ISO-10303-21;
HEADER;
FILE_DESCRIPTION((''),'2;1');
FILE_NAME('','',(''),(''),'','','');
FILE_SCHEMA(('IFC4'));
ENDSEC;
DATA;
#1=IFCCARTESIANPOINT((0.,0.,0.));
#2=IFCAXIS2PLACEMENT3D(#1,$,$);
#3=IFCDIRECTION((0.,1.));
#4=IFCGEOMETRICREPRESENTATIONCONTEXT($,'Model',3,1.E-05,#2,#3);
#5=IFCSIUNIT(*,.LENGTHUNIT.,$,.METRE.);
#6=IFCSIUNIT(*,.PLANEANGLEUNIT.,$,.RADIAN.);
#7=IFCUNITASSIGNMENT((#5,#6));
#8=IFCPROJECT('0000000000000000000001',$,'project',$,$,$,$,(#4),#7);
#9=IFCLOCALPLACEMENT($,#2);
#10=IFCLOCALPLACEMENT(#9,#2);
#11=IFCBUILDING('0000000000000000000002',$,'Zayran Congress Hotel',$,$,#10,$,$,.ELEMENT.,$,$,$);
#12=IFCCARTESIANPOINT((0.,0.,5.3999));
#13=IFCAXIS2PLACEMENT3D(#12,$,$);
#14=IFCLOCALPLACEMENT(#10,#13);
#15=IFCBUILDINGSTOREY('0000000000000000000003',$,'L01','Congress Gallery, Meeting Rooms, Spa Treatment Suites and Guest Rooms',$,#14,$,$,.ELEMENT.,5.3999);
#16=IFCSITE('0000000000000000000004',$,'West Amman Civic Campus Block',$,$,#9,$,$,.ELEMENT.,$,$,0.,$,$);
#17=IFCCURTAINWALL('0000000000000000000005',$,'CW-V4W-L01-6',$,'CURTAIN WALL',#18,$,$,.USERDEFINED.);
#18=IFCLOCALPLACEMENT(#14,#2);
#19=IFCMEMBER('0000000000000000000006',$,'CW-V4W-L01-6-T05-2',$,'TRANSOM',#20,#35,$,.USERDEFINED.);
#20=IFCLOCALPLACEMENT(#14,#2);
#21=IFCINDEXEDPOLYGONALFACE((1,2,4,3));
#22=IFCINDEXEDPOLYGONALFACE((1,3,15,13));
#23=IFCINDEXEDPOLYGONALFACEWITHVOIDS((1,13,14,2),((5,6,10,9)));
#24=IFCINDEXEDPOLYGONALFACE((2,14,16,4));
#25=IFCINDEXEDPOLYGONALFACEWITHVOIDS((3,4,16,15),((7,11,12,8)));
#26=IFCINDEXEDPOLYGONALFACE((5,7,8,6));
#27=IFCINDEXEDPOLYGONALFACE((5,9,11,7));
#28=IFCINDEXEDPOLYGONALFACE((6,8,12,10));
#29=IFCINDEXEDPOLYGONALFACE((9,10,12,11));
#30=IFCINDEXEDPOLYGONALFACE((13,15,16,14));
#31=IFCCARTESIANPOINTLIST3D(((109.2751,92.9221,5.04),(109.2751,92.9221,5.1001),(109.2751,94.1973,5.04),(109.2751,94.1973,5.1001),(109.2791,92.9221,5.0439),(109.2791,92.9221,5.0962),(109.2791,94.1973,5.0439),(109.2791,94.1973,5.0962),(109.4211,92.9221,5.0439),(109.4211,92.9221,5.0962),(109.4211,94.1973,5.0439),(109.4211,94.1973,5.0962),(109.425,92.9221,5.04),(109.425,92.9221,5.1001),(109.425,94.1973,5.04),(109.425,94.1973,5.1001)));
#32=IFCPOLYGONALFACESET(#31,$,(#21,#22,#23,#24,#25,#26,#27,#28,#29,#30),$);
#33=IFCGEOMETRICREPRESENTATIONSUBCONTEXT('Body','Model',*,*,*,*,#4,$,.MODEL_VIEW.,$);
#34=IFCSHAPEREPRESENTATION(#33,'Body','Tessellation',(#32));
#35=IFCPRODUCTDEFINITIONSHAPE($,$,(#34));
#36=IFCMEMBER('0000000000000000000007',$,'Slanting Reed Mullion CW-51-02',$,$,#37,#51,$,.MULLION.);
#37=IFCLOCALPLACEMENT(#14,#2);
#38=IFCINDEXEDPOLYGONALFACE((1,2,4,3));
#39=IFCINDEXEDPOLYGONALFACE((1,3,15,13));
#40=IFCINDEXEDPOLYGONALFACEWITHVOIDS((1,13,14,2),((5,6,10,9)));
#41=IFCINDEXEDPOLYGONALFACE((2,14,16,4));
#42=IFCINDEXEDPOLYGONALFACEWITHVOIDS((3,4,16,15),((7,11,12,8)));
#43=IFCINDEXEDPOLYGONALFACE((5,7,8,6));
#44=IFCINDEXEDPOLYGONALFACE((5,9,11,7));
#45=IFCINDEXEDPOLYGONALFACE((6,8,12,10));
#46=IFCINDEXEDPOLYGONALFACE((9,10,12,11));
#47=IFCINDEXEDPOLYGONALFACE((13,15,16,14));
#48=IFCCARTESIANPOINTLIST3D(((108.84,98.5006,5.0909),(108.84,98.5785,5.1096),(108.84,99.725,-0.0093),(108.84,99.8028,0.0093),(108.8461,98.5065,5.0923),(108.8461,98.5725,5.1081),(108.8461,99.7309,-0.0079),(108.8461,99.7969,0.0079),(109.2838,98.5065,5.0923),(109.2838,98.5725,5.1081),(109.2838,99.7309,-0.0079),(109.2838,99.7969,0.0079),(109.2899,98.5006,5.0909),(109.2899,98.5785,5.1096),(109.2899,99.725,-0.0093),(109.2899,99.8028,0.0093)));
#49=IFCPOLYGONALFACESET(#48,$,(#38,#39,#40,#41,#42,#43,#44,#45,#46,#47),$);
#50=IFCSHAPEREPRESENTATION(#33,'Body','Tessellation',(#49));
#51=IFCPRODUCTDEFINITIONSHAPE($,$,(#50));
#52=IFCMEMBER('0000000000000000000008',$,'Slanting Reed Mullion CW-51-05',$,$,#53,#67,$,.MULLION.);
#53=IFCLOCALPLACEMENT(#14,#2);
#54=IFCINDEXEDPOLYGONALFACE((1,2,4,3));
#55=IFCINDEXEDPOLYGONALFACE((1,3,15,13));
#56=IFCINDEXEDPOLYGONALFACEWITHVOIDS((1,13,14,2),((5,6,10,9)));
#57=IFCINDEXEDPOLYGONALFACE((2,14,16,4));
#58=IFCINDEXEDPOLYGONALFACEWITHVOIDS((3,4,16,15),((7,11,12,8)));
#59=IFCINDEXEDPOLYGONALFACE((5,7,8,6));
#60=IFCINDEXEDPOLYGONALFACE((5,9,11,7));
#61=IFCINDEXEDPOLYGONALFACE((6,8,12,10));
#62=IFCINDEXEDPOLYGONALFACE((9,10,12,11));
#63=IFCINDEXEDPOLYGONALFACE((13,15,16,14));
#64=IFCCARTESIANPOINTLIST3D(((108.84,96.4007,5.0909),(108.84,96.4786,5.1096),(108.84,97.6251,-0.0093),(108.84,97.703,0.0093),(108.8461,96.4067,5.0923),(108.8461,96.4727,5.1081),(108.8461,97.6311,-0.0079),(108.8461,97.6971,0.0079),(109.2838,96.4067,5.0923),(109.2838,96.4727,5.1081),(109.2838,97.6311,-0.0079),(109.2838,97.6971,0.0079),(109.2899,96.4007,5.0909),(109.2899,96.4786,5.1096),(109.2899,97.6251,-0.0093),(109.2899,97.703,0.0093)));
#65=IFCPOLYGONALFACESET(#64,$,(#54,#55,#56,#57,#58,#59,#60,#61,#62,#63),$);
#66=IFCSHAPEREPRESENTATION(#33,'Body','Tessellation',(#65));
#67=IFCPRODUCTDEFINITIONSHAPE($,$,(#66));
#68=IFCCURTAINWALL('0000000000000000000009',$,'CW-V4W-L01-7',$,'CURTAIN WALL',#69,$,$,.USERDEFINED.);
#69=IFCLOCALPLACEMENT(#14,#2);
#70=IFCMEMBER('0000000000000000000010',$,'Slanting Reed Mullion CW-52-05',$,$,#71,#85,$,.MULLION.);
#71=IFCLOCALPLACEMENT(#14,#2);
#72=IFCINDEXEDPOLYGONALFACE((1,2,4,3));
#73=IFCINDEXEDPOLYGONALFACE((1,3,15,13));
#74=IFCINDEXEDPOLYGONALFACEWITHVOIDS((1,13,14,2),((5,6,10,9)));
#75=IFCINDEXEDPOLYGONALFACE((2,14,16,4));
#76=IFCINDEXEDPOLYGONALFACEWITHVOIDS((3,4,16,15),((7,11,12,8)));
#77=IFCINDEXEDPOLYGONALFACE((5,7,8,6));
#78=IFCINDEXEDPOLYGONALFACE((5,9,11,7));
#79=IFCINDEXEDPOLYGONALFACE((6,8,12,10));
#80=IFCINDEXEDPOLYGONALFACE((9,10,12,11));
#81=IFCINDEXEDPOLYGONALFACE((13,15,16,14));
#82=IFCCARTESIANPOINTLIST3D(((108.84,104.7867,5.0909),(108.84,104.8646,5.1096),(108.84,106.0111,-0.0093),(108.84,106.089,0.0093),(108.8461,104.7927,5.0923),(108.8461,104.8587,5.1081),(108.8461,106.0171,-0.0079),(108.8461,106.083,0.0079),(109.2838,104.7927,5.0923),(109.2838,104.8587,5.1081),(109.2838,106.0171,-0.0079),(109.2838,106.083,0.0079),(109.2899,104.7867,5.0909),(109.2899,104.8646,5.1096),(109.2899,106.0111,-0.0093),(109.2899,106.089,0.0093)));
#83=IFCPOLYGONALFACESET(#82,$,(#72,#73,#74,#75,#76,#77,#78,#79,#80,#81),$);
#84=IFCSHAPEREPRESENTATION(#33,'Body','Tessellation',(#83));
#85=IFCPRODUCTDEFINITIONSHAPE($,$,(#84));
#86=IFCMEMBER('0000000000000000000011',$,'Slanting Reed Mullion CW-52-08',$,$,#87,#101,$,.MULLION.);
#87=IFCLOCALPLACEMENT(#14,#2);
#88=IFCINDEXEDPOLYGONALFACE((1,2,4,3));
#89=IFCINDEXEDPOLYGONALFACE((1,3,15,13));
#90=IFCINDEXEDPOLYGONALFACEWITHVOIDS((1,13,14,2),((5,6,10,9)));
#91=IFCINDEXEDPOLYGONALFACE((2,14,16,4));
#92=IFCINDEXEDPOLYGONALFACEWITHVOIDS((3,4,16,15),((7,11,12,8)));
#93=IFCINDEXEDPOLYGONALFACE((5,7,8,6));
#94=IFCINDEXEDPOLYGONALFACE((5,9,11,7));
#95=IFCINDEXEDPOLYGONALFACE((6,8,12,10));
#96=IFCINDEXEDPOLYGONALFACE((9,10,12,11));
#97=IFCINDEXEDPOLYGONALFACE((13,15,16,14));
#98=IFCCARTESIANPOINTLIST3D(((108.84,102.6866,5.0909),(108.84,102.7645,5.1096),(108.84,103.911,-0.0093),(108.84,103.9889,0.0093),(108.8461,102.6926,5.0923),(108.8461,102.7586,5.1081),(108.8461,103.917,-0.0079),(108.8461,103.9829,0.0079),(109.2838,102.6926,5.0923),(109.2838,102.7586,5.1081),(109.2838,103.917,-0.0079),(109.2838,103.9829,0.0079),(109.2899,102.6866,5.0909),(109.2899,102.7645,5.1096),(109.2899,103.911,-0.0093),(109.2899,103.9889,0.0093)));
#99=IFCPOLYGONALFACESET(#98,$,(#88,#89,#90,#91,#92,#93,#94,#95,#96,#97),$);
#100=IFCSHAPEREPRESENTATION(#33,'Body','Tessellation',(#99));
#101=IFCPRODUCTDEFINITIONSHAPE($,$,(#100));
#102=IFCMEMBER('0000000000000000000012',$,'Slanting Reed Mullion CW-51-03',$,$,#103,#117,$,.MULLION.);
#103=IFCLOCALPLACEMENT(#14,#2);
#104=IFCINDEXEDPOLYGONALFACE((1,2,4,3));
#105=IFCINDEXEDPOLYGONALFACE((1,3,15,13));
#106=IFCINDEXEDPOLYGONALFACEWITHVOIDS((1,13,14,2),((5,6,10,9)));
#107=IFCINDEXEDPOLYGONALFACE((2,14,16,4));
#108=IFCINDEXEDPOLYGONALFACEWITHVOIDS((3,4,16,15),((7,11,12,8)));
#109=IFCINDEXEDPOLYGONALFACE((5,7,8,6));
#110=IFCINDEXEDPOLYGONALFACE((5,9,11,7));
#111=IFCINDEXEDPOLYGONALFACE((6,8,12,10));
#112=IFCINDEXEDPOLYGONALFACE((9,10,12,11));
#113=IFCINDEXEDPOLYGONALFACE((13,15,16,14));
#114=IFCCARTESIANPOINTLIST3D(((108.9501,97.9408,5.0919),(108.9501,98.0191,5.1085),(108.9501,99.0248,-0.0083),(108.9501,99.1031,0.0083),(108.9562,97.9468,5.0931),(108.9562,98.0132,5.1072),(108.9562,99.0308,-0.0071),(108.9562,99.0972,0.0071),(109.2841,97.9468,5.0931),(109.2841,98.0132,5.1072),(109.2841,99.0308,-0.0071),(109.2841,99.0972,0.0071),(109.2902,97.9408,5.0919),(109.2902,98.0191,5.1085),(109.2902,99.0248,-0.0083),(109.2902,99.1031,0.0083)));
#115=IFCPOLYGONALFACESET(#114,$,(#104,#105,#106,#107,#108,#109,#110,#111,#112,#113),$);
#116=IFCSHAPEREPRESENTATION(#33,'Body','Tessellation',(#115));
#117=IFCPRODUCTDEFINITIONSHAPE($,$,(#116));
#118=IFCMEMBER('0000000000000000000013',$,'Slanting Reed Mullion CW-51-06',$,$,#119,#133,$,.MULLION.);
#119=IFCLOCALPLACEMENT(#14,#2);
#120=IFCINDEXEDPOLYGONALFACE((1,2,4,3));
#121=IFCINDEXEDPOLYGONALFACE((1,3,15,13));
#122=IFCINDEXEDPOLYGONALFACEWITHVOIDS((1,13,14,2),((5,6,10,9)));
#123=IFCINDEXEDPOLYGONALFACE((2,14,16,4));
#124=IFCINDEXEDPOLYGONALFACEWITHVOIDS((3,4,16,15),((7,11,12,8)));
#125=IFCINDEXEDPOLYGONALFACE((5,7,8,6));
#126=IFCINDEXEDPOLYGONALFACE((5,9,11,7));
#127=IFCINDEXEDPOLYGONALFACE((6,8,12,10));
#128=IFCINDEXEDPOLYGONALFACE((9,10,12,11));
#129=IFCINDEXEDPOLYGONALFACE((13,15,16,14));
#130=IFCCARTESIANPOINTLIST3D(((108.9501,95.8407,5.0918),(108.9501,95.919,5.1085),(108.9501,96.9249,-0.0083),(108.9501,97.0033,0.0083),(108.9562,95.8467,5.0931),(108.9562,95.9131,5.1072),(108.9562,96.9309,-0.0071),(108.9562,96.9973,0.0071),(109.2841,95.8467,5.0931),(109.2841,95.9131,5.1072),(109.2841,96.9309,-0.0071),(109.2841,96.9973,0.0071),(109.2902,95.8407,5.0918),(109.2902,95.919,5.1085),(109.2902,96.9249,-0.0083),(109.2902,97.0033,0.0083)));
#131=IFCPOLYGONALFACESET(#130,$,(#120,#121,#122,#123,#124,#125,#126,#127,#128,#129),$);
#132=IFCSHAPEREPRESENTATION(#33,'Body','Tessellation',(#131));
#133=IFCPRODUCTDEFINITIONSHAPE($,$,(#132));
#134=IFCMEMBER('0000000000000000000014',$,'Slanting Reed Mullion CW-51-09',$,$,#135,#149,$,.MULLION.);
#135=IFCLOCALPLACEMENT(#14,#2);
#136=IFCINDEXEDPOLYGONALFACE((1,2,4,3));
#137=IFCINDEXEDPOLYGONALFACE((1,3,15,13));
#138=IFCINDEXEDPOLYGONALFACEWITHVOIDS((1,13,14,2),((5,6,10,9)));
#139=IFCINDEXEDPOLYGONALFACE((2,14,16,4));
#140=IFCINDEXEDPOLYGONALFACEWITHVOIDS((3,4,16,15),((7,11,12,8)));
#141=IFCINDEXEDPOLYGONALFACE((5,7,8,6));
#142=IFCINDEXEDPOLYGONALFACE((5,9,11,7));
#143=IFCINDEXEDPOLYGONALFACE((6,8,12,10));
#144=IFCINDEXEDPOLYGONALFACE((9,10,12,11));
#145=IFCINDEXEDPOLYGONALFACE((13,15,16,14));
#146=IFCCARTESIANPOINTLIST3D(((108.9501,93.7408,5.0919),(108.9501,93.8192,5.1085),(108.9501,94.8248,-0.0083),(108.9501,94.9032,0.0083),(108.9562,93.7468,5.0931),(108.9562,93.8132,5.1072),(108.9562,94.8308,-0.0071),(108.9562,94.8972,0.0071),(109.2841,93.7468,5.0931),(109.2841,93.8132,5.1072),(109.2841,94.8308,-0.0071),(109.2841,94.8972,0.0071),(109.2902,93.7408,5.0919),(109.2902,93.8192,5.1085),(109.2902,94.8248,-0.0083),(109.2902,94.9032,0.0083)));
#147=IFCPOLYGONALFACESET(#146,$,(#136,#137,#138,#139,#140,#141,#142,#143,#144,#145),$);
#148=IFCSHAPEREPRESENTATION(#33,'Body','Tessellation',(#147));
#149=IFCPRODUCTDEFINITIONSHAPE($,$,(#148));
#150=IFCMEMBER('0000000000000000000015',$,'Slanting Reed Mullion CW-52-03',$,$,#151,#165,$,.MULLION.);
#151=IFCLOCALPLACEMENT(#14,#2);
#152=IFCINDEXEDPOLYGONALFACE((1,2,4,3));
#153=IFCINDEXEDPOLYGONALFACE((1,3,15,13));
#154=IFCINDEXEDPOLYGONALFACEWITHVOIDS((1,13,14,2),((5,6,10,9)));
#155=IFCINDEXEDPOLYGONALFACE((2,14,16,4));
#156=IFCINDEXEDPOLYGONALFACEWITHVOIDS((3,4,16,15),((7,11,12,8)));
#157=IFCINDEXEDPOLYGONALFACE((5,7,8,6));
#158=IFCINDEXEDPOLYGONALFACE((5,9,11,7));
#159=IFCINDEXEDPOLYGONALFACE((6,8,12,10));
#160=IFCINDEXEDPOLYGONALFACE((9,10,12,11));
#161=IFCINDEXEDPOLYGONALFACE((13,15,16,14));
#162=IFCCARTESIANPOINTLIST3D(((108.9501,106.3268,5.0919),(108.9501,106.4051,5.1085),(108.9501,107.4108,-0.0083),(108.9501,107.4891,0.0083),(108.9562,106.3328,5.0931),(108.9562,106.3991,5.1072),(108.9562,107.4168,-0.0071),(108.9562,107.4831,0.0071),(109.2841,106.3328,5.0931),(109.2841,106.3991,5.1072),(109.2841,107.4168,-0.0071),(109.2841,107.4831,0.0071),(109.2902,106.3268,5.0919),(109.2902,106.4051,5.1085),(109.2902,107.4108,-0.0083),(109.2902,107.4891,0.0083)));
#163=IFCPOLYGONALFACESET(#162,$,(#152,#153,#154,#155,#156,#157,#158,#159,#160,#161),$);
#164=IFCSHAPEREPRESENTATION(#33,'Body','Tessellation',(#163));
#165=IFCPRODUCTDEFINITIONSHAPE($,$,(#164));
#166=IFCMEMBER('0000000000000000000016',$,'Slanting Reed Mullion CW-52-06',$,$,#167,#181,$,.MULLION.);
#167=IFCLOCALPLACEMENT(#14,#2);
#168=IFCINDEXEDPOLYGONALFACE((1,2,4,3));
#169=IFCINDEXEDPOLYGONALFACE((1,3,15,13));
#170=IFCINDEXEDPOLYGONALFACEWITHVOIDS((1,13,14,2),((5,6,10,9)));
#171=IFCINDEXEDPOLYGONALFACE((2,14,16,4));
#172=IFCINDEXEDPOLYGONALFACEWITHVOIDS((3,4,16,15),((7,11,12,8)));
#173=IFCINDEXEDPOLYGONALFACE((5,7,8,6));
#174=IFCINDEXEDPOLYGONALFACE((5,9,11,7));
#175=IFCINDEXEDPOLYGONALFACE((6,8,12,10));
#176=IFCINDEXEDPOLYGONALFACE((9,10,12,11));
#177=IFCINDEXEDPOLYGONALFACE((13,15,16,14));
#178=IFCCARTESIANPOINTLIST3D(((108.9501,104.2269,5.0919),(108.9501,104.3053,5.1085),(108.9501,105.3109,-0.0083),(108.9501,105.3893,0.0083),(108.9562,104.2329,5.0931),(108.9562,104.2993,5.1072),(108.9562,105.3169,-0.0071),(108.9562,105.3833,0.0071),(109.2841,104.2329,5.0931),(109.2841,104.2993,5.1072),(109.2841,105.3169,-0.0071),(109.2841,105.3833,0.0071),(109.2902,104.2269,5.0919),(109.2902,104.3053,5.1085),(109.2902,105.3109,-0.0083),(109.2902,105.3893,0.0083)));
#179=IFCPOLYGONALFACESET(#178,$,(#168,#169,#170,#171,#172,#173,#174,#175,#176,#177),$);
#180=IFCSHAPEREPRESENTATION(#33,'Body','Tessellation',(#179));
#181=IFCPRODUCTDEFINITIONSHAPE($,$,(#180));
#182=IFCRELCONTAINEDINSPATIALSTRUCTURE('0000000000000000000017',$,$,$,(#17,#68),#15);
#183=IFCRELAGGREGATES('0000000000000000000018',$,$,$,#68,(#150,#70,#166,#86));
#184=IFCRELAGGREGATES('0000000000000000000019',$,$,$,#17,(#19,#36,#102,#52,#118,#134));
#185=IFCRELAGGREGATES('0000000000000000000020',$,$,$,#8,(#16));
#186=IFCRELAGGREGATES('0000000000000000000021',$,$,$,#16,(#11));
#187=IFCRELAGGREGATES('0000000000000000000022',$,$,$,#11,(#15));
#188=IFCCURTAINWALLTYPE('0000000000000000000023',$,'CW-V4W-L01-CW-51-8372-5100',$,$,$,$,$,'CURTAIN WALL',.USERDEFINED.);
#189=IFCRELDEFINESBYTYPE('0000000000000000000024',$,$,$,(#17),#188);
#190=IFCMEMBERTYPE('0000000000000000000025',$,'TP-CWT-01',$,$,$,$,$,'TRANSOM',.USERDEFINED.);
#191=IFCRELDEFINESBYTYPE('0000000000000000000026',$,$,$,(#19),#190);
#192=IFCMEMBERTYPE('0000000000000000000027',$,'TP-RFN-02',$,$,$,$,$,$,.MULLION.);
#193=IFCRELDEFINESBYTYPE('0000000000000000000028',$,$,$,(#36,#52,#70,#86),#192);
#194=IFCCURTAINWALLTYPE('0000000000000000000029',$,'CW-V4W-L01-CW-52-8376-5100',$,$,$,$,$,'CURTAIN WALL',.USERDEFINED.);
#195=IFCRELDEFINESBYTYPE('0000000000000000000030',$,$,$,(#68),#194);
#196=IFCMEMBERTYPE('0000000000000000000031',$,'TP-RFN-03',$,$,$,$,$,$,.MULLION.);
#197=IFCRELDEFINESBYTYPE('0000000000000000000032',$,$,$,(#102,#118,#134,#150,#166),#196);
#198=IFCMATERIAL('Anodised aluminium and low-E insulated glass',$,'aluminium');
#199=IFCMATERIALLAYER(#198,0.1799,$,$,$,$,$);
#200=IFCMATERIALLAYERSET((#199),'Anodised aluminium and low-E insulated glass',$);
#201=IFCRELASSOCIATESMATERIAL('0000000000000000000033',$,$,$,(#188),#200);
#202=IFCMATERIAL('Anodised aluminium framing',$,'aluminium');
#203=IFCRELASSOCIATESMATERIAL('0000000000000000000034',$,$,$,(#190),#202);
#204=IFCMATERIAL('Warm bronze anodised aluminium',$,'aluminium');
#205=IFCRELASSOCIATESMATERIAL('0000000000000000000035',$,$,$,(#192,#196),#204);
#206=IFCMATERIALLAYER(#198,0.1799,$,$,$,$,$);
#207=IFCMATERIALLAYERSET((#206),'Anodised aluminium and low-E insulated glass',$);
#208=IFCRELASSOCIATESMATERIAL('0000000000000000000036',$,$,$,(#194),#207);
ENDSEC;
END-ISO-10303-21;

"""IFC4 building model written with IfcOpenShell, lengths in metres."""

from ifc_helpers import new_model, si_unit, direction, frame, origin, origin_2d, place, context, subcontext, project, spatial, hollow_rectangle, extrude, material, layer, layer_set, material_profile, profile_set, type_object, element, aggregate, save


model = new_model("IFC4")

# Units and contexts
model_context = context("Model", 3, precision=1e-05, world=origin(), true_north=direction((0.0, 1.0)))
body_context = subcontext(model_context, "Body", "Model", "MODEL_VIEW")
ifc_project = project(units=[si_unit("LENGTHUNIT", "METRE"), si_unit("PLANEANGLEUNIT", "RADIAN")], contexts=[model_context])

# Site, building, storey
site_placement = place(None, origin())
site = spatial("IfcSite", under=ifc_project, at=site_placement, Name="West Amman Civic Campus Block", CompositionType="ELEMENT", RefElevation=0.0)
building_placement = place(site_placement, origin())
building = spatial("IfcBuilding", under=site, at=building_placement, Name="Zayran Congress Hotel", CompositionType="ELEMENT")
storey_placement = place(building_placement, frame((0.0, 0.0, 5.3999)))
storey = spatial("IfcBuildingStorey", under=building, at=storey_placement, Name="L01", Description="Congress Gallery, Meeting Rooms, Spa Treatment Suites and Guest Rooms", CompositionType="ELEMENT", Elevation=5.3999)

# Curtain walls, members
ifc_material_1 = material(Name="Anodised aluminium and low-E insulated glass", Category="aluminium")
ifc_layer_1 = layer(ifc_material_1, 0.1799)
ifc_layer_set_1 = layer_set([ifc_layer_1], Name="Anodised aluminium and low-E insulated glass")
curtain_wall_type_1 = type_object("IfcCurtainWallType", Name="CW-V4W-L01-CW-51-8372-5100", ElementType="CURTAIN WALL", PredefinedType="USERDEFINED", material=ifc_layer_set_1)
curtain_wall_1_placement = place(storey_placement, origin())
curtain_wall_1 = element("IfcCurtainWall", 1, at=curtain_wall_1_placement, inside=storey, type_object=curtain_wall_type_1, Name="CW-V4W-L01-6", ObjectType="CURTAIN WALL", PredefinedType="USERDEFINED")
ifc_material_2 = material(Name="Anodised aluminium framing", Category="aluminium")
ifc_material_profile_1 = material_profile(ifc_material_2, hollow_rectangle(XDim=0.0601, YDim=0.1499, WallThickness=0.0039, at=origin_2d()), Name="RHS 150x60x4")
ifc_profile_set_1 = profile_set([ifc_material_profile_1], Name="Anodised aluminium framing")
member_type_1 = type_object("IfcMemberType", Name="TP-CWT-01", ElementType="TRANSOM", PredefinedType="USERDEFINED", material=ifc_profile_set_1)
member_1_placement = place(storey_placement, frame((109.3501, 94.1973, 5.0701), z_axis=(0.0, -1.0, 0.0), x_axis=(0.0, 0.0, 1.0)))
member_1 = element("IfcMember", 2, at=member_1_placement, type_object=member_type_1, Name="CW-V4W-L01-6-T05-2", ObjectType="TRANSOM", PredefinedType="USERDEFINED", context=body_context, shape_type="SweptSolid", body=[
    extrude(hollow_rectangle(XDim=0.0601, YDim=0.1499, WallThickness=0.0039, at=origin_2d()), origin(), (0.0, 0.0, 1.0), 1.2751),
])
ifc_material_3 = material(Name="Warm bronze anodised aluminium", Category="aluminium")
ifc_material_profile_2 = material_profile(ifc_material_3, hollow_rectangle(XDim=0.0801, YDim=0.45, WallThickness=0.0061, at=origin_2d()), Name="RHS 450x80x6")
ifc_profile_set_2 = profile_set([ifc_material_profile_2], Name="Warm bronze anodised aluminium")
member_type_2 = type_object("IfcMemberType", Name="TP-RFN-02", PredefinedType="MULLION", material=ifc_profile_set_2)
member_2_placement = place(storey_placement, frame((109.0649, 99.7639, 0.0), z_axis=(0.0, -0.233435, 0.972373), x_axis=(0.0, 0.972373, 0.233435)))
member_2 = element("IfcMember", 3, at=member_2_placement, type_object=member_type_2, Name="Slanting Reed Mullion CW-51-02", PredefinedType="MULLION", context=body_context, shape_type="SweptSolid", body=[
    extrude(hollow_rectangle(XDim=0.0801, YDim=0.45, WallThickness=0.0061, at=origin_2d()), origin(), (0.0, 0.0, 1.0), 5.2451),
])
member_3_placement = place(storey_placement, frame((109.0649, 97.6641, 0.0), z_axis=(0.0, -0.233435, 0.972373), x_axis=(0.0, 0.972373, 0.233435)))
member_3 = element("IfcMember", 4, at=member_3_placement, type_object=member_type_2, Name="Slanting Reed Mullion CW-51-05", PredefinedType="MULLION", context=body_context, shape_type="SweptSolid", body=[
    extrude(hollow_rectangle(XDim=0.0801, YDim=0.45, WallThickness=0.0061, at=origin_2d()), origin(), (0.0, 0.0, 1.0), 5.2451),
])
ifc_layer_2 = layer(ifc_material_1, 0.1799)
ifc_layer_set_2 = layer_set([ifc_layer_2], Name="Anodised aluminium and low-E insulated glass")
curtain_wall_type_2 = type_object("IfcCurtainWallType", Name="CW-V4W-L01-CW-52-8376-5100", ElementType="CURTAIN WALL", PredefinedType="USERDEFINED", material=ifc_layer_set_2)
curtain_wall_2_placement = place(storey_placement, origin())
curtain_wall_2 = element("IfcCurtainWall", 5, at=curtain_wall_2_placement, inside=storey, type_object=curtain_wall_type_2, Name="CW-V4W-L01-7", ObjectType="CURTAIN WALL", PredefinedType="USERDEFINED")
member_4_placement = place(storey_placement, frame((109.0649, 106.05, 0.0), z_axis=(0.0, -0.233435, 0.972373), x_axis=(0.0, 0.972373, 0.233435)))
member_4 = element("IfcMember", 6, at=member_4_placement, type_object=member_type_2, Name="Slanting Reed Mullion CW-52-05", PredefinedType="MULLION", context=body_context, shape_type="SweptSolid", body=[
    extrude(hollow_rectangle(XDim=0.0801, YDim=0.45, WallThickness=0.0061, at=origin_2d()), origin(), (0.0, 0.0, 1.0), 5.2451),
])
member_5_placement = place(storey_placement, frame((109.0649, 103.95, 0.0), z_axis=(0.0, -0.233435, 0.972373), x_axis=(0.0, 0.972373, 0.233435)))
member_5 = element("IfcMember", 7, at=member_5_placement, type_object=member_type_2, Name="Slanting Reed Mullion CW-52-08", PredefinedType="MULLION", context=body_context, shape_type="SweptSolid", body=[
    extrude(hollow_rectangle(XDim=0.0801, YDim=0.45, WallThickness=0.0061, at=origin_2d()), origin(), (0.0, 0.0, 1.0), 5.2451),
])

# Members
ifc_material_profile_3 = material_profile(ifc_material_3, hollow_rectangle(XDim=0.0801, YDim=0.3401, WallThickness=0.0061, at=origin_2d()), Name="RHS 340x80x6")
ifc_profile_set_3 = profile_set([ifc_material_profile_3], Name="Warm bronze anodised aluminium")
member_type_3 = type_object("IfcMemberType", Name="TP-RFN-03", PredefinedType="MULLION", material=ifc_profile_set_3)
member_6_placement = place(storey_placement, frame((109.1201, 99.064, 0.0), z_axis=(0.0, -0.207898, 0.978151), x_axis=(0.0, 0.978151, 0.207898)))
member_6 = element("IfcMember", 8, at=member_6_placement, type_object=member_type_3, Name="Slanting Reed Mullion CW-51-03", PredefinedType="MULLION", context=body_context, shape_type="SweptSolid", body=[
    extrude(hollow_rectangle(XDim=0.0801, YDim=0.3401, WallThickness=0.0061, at=origin_2d()), origin(), (0.0, 0.0, 1.0), 5.2141),
])
member_7_placement = place(storey_placement, frame((109.1201, 96.9641, 0.0), z_axis=(0.0, -0.207943, 0.978141), x_axis=(0.0, 0.978141, 0.207943)))
member_7 = element("IfcMember", 9, at=member_7_placement, type_object=member_type_3, Name="Slanting Reed Mullion CW-51-06", PredefinedType="MULLION", context=body_context, shape_type="SweptSolid", body=[
    extrude(hollow_rectangle(XDim=0.0801, YDim=0.3401, WallThickness=0.0061, at=origin_2d()), origin(), (0.0, 0.0, 1.0), 5.2141),
])
member_8_placement = place(storey_placement, frame((109.1201, 94.864, 0.0), z_axis=(0.0, -0.207898, 0.978151), x_axis=(0.0, 0.978151, 0.207898)))
member_8 = element("IfcMember", 10, at=member_8_placement, type_object=member_type_3, Name="Slanting Reed Mullion CW-51-09", PredefinedType="MULLION", context=body_context, shape_type="SweptSolid", body=[
    extrude(hollow_rectangle(XDim=0.0801, YDim=0.3401, WallThickness=0.0061, at=origin_2d()), origin(), (0.0, 0.0, 1.0), 5.2141),
])
member_9_placement = place(storey_placement, frame((109.1201, 107.45, 0.0), z_axis=(0.0, -0.207898, 0.978151), x_axis=(0.0, 0.978151, 0.207898)))
member_9 = element("IfcMember", 11, at=member_9_placement, type_object=member_type_3, Name="Slanting Reed Mullion CW-52-03", PredefinedType="MULLION", context=body_context, shape_type="SweptSolid", body=[
    extrude(hollow_rectangle(XDim=0.0801, YDim=0.3401, WallThickness=0.0061, at=origin_2d()), origin(), (0.0, 0.0, 1.0), 5.2141),
])
member_10_placement = place(storey_placement, frame((109.1201, 105.3501, 0.0), z_axis=(0.0, -0.207898, 0.978151), x_axis=(0.0, 0.978151, 0.207898)))
member_10 = element("IfcMember", 12, at=member_10_placement, type_object=member_type_3, Name="Slanting Reed Mullion CW-52-06", PredefinedType="MULLION", context=body_context, shape_type="SweptSolid", body=[
    extrude(hollow_rectangle(XDim=0.0801, YDim=0.3401, WallThickness=0.0061, at=origin_2d()), origin(), (0.0, 0.0, 1.0), 5.2141),
])
aggregate(curtain_wall_2, [member_9, member_4, member_10, member_5])

aggregate(curtain_wall_1, [member_1, member_2, member_6, member_3, member_7, member_8])

save(model, "model.ifc")
